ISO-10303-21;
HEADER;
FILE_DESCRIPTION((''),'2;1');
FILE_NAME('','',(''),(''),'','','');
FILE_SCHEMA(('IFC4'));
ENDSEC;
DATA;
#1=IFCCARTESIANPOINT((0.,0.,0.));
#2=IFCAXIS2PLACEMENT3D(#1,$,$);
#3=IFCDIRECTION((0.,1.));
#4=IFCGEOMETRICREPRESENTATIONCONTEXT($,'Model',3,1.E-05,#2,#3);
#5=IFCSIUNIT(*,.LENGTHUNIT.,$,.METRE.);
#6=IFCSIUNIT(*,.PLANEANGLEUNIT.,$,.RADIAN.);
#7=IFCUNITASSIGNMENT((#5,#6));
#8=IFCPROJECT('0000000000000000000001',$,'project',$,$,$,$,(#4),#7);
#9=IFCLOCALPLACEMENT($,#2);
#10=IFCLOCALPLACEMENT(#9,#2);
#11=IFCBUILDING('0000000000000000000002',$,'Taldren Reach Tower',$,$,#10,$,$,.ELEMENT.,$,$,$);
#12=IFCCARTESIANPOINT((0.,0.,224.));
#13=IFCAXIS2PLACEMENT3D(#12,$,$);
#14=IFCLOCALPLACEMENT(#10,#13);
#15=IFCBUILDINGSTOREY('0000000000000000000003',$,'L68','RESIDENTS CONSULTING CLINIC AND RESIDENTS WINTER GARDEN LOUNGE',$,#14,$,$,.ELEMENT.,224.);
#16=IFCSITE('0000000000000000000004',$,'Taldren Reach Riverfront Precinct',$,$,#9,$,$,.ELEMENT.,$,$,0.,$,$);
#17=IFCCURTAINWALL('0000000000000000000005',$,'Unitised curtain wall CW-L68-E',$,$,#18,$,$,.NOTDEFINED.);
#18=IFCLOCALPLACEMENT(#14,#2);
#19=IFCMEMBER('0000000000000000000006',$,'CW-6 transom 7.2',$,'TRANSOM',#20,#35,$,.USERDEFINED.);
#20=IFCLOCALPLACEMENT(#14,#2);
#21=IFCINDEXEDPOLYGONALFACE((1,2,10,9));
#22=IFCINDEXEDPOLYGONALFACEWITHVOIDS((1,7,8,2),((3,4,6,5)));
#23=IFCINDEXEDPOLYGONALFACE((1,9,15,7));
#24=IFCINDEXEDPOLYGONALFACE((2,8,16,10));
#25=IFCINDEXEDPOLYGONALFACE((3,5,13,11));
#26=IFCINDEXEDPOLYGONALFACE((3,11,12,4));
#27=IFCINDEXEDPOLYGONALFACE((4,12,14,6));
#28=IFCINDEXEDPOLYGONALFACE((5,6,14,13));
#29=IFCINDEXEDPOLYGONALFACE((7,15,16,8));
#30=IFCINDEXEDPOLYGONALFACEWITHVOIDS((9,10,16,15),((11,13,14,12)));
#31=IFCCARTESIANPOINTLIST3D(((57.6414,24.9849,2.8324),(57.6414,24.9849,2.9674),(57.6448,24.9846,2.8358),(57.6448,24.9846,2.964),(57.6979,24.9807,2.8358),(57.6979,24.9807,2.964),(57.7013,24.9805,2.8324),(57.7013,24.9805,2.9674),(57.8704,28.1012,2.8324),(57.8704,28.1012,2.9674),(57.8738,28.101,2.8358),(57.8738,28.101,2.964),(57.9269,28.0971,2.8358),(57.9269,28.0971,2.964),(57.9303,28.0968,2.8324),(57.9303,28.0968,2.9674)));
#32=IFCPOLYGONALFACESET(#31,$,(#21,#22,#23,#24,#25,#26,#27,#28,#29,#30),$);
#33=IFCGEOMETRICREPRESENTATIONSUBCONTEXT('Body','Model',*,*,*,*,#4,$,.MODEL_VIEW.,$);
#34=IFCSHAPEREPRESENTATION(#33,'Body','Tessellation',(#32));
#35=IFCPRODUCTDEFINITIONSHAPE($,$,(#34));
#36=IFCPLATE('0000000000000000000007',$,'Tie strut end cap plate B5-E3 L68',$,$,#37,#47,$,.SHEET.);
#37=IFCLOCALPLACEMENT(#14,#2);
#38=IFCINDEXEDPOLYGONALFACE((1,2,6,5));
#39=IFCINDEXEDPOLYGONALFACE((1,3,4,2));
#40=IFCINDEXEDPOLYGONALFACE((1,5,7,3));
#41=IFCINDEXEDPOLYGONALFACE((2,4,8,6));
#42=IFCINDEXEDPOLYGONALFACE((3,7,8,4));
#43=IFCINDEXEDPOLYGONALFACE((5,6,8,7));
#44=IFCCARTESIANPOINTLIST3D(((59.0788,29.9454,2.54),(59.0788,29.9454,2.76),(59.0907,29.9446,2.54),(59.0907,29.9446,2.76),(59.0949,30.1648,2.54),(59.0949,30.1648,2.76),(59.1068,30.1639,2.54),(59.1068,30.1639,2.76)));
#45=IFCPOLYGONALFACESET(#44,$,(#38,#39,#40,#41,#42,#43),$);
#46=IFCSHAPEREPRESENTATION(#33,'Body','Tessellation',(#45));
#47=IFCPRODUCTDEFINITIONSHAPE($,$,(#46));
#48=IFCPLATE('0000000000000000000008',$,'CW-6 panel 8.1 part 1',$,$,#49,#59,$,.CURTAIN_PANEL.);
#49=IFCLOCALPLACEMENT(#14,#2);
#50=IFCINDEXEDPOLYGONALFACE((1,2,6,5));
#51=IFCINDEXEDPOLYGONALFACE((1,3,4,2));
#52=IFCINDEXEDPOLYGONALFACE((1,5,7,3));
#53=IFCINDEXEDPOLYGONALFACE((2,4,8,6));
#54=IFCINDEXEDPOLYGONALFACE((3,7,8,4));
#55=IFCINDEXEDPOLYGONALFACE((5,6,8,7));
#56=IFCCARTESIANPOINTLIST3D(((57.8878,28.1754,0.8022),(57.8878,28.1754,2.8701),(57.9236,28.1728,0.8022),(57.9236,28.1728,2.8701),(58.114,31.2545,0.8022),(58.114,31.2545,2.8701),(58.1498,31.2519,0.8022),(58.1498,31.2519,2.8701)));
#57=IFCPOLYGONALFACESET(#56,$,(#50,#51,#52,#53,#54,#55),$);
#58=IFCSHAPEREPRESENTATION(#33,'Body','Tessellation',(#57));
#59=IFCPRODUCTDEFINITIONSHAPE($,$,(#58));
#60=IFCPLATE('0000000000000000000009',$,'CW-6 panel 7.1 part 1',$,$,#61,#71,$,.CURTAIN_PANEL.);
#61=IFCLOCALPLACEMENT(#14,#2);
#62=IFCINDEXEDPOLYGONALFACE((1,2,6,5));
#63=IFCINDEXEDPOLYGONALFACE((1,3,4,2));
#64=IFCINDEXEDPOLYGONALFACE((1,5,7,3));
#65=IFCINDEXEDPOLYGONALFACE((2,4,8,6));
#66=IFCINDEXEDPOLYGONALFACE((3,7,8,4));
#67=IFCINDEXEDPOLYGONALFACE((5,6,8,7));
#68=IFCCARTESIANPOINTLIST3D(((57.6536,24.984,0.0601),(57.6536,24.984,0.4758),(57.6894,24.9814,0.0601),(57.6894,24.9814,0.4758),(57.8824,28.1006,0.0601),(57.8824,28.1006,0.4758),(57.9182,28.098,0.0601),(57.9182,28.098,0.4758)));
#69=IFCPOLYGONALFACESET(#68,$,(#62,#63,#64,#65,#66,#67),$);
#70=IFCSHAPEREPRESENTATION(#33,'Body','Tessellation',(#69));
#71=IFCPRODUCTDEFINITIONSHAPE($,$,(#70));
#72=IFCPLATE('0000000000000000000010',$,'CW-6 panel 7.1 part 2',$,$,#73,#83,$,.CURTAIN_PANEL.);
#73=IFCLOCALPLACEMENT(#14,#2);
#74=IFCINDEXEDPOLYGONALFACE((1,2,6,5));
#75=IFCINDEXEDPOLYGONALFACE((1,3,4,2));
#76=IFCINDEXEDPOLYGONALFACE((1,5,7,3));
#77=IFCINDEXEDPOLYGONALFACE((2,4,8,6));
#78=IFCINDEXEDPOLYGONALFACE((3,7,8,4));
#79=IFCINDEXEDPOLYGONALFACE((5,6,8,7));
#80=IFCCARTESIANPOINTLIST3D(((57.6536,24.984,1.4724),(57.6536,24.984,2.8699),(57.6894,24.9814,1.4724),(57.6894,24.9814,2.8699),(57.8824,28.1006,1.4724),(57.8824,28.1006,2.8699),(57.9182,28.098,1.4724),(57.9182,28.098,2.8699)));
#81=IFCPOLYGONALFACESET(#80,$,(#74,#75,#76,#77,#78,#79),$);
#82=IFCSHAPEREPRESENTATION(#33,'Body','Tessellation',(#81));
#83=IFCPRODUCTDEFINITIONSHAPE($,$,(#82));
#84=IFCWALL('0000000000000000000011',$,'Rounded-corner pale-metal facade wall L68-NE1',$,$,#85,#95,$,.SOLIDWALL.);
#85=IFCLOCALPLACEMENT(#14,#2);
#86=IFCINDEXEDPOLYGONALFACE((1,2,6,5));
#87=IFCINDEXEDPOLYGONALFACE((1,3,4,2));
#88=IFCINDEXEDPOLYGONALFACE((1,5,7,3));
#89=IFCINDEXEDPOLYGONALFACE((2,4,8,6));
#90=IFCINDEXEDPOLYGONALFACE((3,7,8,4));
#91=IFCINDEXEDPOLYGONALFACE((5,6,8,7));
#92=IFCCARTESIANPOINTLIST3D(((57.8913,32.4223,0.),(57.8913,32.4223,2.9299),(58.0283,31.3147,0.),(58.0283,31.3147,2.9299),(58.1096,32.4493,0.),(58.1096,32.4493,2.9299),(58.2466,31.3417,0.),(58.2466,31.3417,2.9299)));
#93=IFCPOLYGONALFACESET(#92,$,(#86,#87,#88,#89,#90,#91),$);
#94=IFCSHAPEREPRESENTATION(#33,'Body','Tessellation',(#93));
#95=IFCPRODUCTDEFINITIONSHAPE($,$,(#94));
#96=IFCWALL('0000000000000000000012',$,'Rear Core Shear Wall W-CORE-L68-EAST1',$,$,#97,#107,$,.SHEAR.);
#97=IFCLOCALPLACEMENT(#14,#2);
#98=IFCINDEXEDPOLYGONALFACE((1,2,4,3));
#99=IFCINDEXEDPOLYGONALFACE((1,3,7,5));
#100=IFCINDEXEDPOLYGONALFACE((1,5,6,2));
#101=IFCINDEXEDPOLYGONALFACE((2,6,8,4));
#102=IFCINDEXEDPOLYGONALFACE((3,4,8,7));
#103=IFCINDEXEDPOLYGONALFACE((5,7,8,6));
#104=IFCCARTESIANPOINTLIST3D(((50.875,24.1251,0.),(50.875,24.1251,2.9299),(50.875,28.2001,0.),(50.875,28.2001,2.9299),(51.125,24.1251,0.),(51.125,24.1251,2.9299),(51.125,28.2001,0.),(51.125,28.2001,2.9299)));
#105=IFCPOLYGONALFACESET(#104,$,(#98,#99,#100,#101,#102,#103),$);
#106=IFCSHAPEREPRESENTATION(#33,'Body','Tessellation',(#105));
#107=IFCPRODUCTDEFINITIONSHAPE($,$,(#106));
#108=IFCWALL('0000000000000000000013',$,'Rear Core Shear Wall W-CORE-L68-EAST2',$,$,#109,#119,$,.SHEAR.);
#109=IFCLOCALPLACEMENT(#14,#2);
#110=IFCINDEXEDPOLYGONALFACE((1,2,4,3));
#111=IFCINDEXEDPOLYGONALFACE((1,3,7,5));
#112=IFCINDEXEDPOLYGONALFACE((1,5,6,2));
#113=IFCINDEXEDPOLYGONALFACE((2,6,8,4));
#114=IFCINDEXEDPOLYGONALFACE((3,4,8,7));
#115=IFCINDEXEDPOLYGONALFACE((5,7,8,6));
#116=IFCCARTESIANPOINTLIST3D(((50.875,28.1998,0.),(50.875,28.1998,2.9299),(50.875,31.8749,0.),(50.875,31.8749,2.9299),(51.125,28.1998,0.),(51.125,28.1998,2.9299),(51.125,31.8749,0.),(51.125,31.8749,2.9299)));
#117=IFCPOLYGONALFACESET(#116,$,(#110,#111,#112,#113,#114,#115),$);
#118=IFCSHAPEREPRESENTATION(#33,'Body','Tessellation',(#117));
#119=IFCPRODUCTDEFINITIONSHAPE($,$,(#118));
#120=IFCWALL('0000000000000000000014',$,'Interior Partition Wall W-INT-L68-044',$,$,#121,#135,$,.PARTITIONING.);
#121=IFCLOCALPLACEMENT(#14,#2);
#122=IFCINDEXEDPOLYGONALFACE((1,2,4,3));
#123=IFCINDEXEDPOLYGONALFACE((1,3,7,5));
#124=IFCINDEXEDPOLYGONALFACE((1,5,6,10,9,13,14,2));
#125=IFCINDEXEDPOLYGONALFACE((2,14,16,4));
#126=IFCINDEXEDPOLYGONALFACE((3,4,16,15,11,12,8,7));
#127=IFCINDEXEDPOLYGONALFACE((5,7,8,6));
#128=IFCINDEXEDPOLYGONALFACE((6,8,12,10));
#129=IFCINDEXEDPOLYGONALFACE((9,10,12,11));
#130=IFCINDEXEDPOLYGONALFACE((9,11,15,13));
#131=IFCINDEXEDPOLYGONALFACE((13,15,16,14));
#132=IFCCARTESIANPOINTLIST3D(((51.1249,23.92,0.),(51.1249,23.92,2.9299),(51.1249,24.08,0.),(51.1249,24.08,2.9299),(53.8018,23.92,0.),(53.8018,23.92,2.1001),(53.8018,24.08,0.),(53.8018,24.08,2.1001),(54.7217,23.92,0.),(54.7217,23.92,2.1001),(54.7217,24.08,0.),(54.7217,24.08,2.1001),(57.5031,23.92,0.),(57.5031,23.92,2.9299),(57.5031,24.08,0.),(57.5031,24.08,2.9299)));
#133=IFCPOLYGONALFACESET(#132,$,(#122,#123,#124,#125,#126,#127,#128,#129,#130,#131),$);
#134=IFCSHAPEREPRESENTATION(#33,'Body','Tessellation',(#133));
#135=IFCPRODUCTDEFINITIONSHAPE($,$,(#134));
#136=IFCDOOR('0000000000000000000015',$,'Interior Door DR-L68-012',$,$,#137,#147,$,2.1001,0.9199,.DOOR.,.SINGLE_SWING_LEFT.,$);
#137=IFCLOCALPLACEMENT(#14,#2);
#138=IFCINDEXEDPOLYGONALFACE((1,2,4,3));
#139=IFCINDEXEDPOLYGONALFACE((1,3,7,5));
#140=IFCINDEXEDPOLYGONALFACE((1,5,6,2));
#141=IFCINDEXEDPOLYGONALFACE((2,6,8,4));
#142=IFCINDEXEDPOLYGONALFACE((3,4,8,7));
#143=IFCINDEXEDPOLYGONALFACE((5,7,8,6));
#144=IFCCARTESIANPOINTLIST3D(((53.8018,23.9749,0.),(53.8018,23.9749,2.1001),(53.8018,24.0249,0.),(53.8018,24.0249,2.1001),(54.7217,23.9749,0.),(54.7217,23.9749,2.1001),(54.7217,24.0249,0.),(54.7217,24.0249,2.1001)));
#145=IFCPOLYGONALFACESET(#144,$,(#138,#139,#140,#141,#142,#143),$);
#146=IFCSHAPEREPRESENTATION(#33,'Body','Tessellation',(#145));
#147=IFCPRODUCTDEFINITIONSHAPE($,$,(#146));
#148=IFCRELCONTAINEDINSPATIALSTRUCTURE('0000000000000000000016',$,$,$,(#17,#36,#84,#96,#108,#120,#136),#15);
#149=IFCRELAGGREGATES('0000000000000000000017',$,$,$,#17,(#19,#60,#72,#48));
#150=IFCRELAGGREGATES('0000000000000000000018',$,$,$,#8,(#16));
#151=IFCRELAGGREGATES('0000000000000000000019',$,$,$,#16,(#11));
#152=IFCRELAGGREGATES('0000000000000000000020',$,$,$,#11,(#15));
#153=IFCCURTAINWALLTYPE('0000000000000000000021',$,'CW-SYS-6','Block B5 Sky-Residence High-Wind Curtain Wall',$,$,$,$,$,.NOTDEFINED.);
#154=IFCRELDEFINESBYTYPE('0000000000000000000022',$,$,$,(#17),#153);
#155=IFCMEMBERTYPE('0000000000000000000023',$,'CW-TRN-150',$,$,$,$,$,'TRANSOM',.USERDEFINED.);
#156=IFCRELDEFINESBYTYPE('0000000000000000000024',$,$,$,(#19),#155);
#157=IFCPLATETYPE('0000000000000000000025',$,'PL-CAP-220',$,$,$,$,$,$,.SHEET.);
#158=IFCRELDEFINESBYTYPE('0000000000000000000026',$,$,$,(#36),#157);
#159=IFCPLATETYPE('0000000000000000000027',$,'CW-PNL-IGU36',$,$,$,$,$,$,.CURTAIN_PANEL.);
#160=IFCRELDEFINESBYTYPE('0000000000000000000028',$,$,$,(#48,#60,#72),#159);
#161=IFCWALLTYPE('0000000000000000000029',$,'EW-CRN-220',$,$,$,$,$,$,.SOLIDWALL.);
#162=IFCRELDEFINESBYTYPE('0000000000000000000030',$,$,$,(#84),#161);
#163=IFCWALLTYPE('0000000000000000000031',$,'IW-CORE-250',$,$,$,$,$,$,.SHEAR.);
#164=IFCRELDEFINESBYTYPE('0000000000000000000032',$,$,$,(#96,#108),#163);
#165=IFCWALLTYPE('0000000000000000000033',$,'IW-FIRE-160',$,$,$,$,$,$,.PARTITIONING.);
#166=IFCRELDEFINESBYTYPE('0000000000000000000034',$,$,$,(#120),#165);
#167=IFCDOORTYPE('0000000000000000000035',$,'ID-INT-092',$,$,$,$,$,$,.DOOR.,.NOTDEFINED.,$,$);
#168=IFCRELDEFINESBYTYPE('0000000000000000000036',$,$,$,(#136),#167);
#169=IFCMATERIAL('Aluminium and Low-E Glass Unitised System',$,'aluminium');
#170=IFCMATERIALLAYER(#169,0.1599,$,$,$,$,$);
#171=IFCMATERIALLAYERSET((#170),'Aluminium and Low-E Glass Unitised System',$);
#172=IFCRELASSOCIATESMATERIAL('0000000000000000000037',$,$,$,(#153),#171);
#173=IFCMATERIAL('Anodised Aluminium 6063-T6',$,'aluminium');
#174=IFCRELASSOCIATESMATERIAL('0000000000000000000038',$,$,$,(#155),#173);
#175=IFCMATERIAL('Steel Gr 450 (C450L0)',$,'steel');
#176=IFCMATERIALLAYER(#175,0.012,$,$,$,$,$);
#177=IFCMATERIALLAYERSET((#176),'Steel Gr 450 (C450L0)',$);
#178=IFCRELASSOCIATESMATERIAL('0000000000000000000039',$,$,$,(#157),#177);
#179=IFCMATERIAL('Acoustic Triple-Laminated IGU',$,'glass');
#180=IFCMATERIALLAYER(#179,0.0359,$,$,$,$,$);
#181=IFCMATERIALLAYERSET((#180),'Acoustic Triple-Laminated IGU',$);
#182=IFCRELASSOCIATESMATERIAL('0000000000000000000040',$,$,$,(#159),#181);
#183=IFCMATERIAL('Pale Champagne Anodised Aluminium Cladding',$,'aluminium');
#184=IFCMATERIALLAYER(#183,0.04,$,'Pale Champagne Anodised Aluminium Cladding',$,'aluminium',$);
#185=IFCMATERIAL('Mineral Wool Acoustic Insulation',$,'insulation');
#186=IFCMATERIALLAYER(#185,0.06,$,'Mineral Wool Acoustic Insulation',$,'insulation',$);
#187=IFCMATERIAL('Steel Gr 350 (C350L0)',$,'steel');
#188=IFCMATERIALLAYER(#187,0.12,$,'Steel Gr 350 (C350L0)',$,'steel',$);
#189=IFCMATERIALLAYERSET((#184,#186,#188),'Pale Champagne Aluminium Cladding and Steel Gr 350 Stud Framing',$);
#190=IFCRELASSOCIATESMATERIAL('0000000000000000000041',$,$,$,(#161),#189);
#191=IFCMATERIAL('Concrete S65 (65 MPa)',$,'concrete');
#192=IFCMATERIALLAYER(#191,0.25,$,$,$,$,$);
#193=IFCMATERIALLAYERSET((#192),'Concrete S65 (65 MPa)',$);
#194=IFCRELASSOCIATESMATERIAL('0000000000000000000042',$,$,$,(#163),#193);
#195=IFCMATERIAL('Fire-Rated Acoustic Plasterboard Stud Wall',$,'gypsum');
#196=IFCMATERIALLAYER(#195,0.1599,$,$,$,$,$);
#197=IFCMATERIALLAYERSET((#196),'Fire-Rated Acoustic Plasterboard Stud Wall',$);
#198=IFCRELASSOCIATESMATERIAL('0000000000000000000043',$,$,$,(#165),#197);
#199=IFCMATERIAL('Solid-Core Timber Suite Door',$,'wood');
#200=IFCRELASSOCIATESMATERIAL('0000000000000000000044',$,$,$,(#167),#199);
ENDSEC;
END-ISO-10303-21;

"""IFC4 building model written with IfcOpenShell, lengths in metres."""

from ifc_helpers import new_model, si_unit, direction, frame, frame_2d, origin, origin_2d, place, context, subcontext, project, spatial, rectangle, hollow_rectangle, extrude, source, transform, mapped, material, layer, layer_set, material_profile, profile_set, type_object, element, fill, aggregate, save


model = new_model("IFC4")

# Units and contexts
model_context = context("Model", 3, precision=1e-05, world=origin(), true_north=direction((0.0, 1.0)))
body_context = subcontext(model_context, "Body", "Model", "MODEL_VIEW")
ifc_project = project(units=[si_unit("LENGTHUNIT", "METRE"), si_unit("PLANEANGLEUNIT", "RADIAN")], contexts=[model_context])

# Site, building, storey
site_placement = place(None, origin())
site = spatial("IfcSite", under=ifc_project, at=site_placement, Name="Taldren Reach Riverfront Precinct", CompositionType="ELEMENT", RefElevation=0.0)
building_placement = place(site_placement, origin())
building = spatial("IfcBuilding", under=site, at=building_placement, Name="Taldren Reach Tower", CompositionType="ELEMENT")
storey_placement = place(building_placement, frame((0.0, 0.0, 224.0)))
storey = spatial("IfcBuildingStorey", under=building, at=storey_placement, Name="L68", Description="RESIDENTS CONSULTING CLINIC AND RESIDENTS WINTER GARDEN LOUNGE", CompositionType="ELEMENT", Elevation=224.0)

# Shared definitions
ifc_material_1 = material(Name="Steel Gr 450 (C450L0)", Category="steel")

# Shared definitions
ifc_material_2 = material(Name="Steel Gr 350 (C350L0)", Category="steel")

# Curtain wall, member
ifc_material_3 = material(Name="Aluminium and Low-E Glass Unitised System", Category="aluminium")
ifc_layer_1 = layer(ifc_material_3, 0.1599)
ifc_layer_set_1 = layer_set([ifc_layer_1], Name="Aluminium and Low-E Glass Unitised System")
curtain_wall_type = type_object("IfcCurtainWallType", Name="CW-SYS-6", Description="Block B5 Sky-Residence High-Wind Curtain Wall", PredefinedType="NOTDEFINED", material=ifc_layer_set_1)
curtain_wall_placement = place(storey_placement, origin())
curtain_wall = element("IfcCurtainWall", 1, at=curtain_wall_placement, inside=storey, type_object=curtain_wall_type, Name="Unitised curtain wall CW-L68-E", PredefinedType="NOTDEFINED")
ifc_material_4 = material(Name="Anodised Aluminium 6063-T6", Category="aluminium")
ifc_material_profile_1 = material_profile(ifc_material_4, hollow_rectangle(XDim=0.0601, YDim=0.135, WallThickness=0.0034, at=origin_2d()), Name="ALU-135x60x3.5RHS")
ifc_profile_set_1 = profile_set([ifc_material_profile_1], Name="Anodised Aluminium 6063-T6")
member_type_1 = type_object("IfcMemberType", Name="CW-TRN-150", ElementType="TRANSOM", PredefinedType="USERDEFINED", material=ifc_profile_set_1)
shared_shape_1 = source(origin(), body_context, "Body", "SweptSolid", [
    extrude(hollow_rectangle(XDim=0.0601, YDim=0.135, WallThickness=0.0034, at=origin_2d()), origin(), (0.0, 0.0, 1.0), 3.1248),
])
member_1_placement = place(storey_placement, frame((57.6714, 24.9827, 2.8999), z_axis=(0.073285, 0.997311, 0.0), x_axis=(-0.997311, 0.073285, 0.0)))
member_1 = element("IfcMember", 2, at=member_1_placement, type_object=member_type_1, Name="CW-6 transom 7.2", ObjectType="TRANSOM", PredefinedType="USERDEFINED", context=body_context, shape_type="MappedRepresentation", body=[
    mapped(shared_shape_1, transform((0.0, 0.0, 0.0), scale=1.0)),
])

# Plates
ifc_layer_2 = layer(ifc_material_1, 0.012)
ifc_layer_set_2 = layer_set([ifc_layer_2], Name="Steel Gr 450 (C450L0)")
plate_type_1 = type_object("IfcPlateType", Name="PL-CAP-220", PredefinedType="SHEET", material=ifc_layer_set_2)
shared_shape_2 = source(origin(), body_context, "Body", "SweptSolid", [
    extrude(rectangle(XDim=0.012, YDim=0.22, at=origin_2d()), origin(), (0.0, 0.0, 1.0), 0.22),
])
plate_1_placement = place(storey_placement, frame((59.0928, 30.0547, 2.54), z_axis=(0.0, 0.0, 1.0), x_axis=(0.997314, -0.073238, 0.0)))
element("IfcPlate", 3, at=plate_1_placement, inside=storey, type_object=plate_type_1, Name="Tie strut end cap plate B5-E3 L68", PredefinedType="SHEET", context=body_context, shape_type="MappedRepresentation", body=[
    mapped(shared_shape_2, transform((0.0, 0.0, 0.0), scale=1.0)),
])
ifc_material_5 = material(Name="Acoustic Triple-Laminated IGU", Category="glass")
ifc_layer_3 = layer(ifc_material_5, 0.0359)
ifc_layer_set_3 = layer_set([ifc_layer_3], Name="Acoustic Triple-Laminated IGU")
plate_type_2 = type_object("IfcPlateType", Name="CW-PNL-IGU36", PredefinedType="CURTAIN_PANEL", material=ifc_layer_set_3)
shared_shape_3 = source(origin(), body_context, "Body", "SweptSolid", [
    extrude(rectangle(XDim=3.0874, YDim=0.0359, at=origin_2d()), origin(), (0.0, 0.0, 1.0), 2.0679),
])
plate_2_placement = place(storey_placement, frame((58.0188, 29.7136, 0.8022), z_axis=(0.0, 0.0, 1.0), x_axis=(0.073238, 0.997314, 0.0)))
plate_2 = element("IfcPlate", 4, at=plate_2_placement, type_object=plate_type_2, Name="CW-6 panel 8.1 part 1", PredefinedType="CURTAIN_PANEL", context=body_context, shape_type="MappedRepresentation", body=[
    mapped(shared_shape_3, transform((0.0, 0.0, 0.0), scale=1.0)),
])
shared_shape_4 = source(origin(), body_context, "Body", "SweptSolid", [
    extrude(rectangle(XDim=3.125, YDim=0.0359, at=origin_2d()), origin(), (0.0, 0.0, 1.0), 0.4158),
])
plate_3_placement = place(storey_placement, frame((57.7859, 26.541, 0.0601), z_axis=(0.0, 0.0, 1.0), x_axis=(0.073238, 0.997314, 0.0)))
plate_3 = element("IfcPlate", 5, at=plate_3_placement, type_object=plate_type_2, Name="CW-6 panel 7.1 part 1", PredefinedType="CURTAIN_PANEL", context=body_context, shape_type="MappedRepresentation", body=[
    mapped(shared_shape_4, transform((0.0, 0.0, 0.0), scale=1.0)),
])
shared_shape_5 = source(origin(), body_context, "Body", "SweptSolid", [
    extrude(rectangle(XDim=3.125, YDim=0.0359, at=origin_2d()), origin(), (0.0, 0.0, 1.0), 1.3975),
])
plate_4_placement = place(storey_placement, frame((57.7859, 26.541, 1.4724), z_axis=(0.0, 0.0, 1.0), x_axis=(0.073238, 0.997314, 0.0)))
plate_4 = element("IfcPlate", 6, at=plate_4_placement, type_object=plate_type_2, Name="CW-6 panel 7.1 part 2", PredefinedType="CURTAIN_PANEL", context=body_context, shape_type="MappedRepresentation", body=[
    mapped(shared_shape_5, transform((0.0, 0.0, 0.0), scale=1.0)),
])
aggregate(curtain_wall, [member_1, plate_3, plate_4, plate_2])

# Walls
ifc_material_6 = material(Name="Pale Champagne Anodised Aluminium Cladding", Category="aluminium")
ifc_layer_4 = layer(ifc_material_6, 0.04, Name="Pale Champagne Anodised Aluminium Cladding", Category="aluminium")
ifc_material_7 = material(Name="Mineral Wool Acoustic Insulation", Category="insulation")
ifc_layer_5 = layer(ifc_material_7, 0.06, Name="Mineral Wool Acoustic Insulation", Category="insulation")
ifc_layer_6 = layer(ifc_material_2, 0.12, Name="Steel Gr 350 (C350L0)", Category="steel")
ifc_layer_set_4 = layer_set([ifc_layer_4, ifc_layer_5, ifc_layer_6], Name="Pale Champagne Aluminium Cladding and Steel Gr 350 Stud Framing")
wall_type_1 = type_object("IfcWallType", Name="EW-CRN-220", PredefinedType="SOLIDWALL", material=ifc_layer_set_4)
shared_shape_6 = source(origin(), body_context, "Body", "SweptSolid", [
    extrude(rectangle(XDim=1.116, YDim=0.22, at=frame_2d((0.5581, 0.0))), origin(), (0.0, 0.0, 1.0), 2.9299),
])
wall_1_placement = place(storey_placement, frame((58.1375, 31.3281, 0.0), z_axis=(0.0, 0.0, 1.0), x_axis=(-0.122742, 0.992439, 0.0)))
element("IfcWall", 7, at=wall_1_placement, inside=storey, type_object=wall_type_1, Name="Rounded-corner pale-metal facade wall L68-NE1", PredefinedType="SOLIDWALL", context=body_context, shape_type="MappedRepresentation", body=[
    mapped(shared_shape_6, transform((0.0, 0.0, 0.0), scale=1.0)),
])
ifc_material_8 = material(Name="Concrete S65 (65 MPa)", Category="concrete")
ifc_layer_7 = layer(ifc_material_8, 0.25)
ifc_layer_set_5 = layer_set([ifc_layer_7], Name="Concrete S65 (65 MPa)")
wall_type_2 = type_object("IfcWallType", Name="IW-CORE-250", PredefinedType="SHEAR", material=ifc_layer_set_5)
shared_shape_7 = source(origin(), body_context, "Body", "SweptSolid", [
    extrude(rectangle(XDim=4.075, YDim=0.25, at=frame_2d((2.0376, 0.0))), origin(), (0.0, 0.0, 1.0), 2.9299),
])
wall_2_placement = place(storey_placement, frame((51.0, 24.125, 0.0), z_axis=(0.0, 0.0, 1.0), x_axis=(0.0, 1.0, 0.0)))
element("IfcWall", 8, at=wall_2_placement, inside=storey, type_object=wall_type_2, Name="Rear Core Shear Wall W-CORE-L68-EAST1", PredefinedType="SHEAR", context=body_context, shape_type="MappedRepresentation", body=[
    mapped(shared_shape_7, transform((0.0, 0.0, 0.0), scale=1.0)),
])
shared_shape_8 = source(origin(), body_context, "Body", "SweptSolid", [
    extrude(rectangle(XDim=3.675, YDim=0.25, at=frame_2d((1.8374, 0.0))), origin(), (0.0, 0.0, 1.0), 2.9299),
])
wall_3_placement = place(storey_placement, frame((51.0, 28.2, 0.0), z_axis=(0.0, 0.0, 1.0), x_axis=(0.0, 1.0, 0.0)))
element("IfcWall", 9, at=wall_3_placement, inside=storey, type_object=wall_type_2, Name="Rear Core Shear Wall W-CORE-L68-EAST2", PredefinedType="SHEAR", context=body_context, shape_type="MappedRepresentation", body=[
    mapped(shared_shape_8, transform((0.0, 0.0, 0.0), scale=1.0)),
])

# Wall, opening, door
ifc_material_9 = material(Name="Fire-Rated Acoustic Plasterboard Stud Wall", Category="gypsum")
ifc_layer_8 = layer(ifc_material_9, 0.1599)
ifc_layer_set_6 = layer_set([ifc_layer_8], Name="Fire-Rated Acoustic Plasterboard Stud Wall")
wall_type_3 = type_object("IfcWallType", Name="IW-FIRE-160", PredefinedType="PARTITIONING", material=ifc_layer_set_6)
shared_shape_9 = source(origin(), body_context, "Body", "SweptSolid", [
    extrude(rectangle(XDim=6.3782, YDim=0.1599, at=frame_2d((3.189, 0.0))), origin(), (0.0, 0.0, 1.0), 2.9299),
])
wall_4_placement = place(storey_placement, frame((51.125, 24.0, 0.0), z_axis=(0.0, 0.0, 1.0), x_axis=(1.0, 0.0, 0.0)))
wall_4 = element("IfcWall", 10, at=wall_4_placement, inside=storey, type_object=wall_type_3, Name="Interior Partition Wall W-INT-L68-044", PredefinedType="PARTITIONING", context=body_context, shape_type="MappedRepresentation", body=[
    mapped(shared_shape_9, transform((0.0, 0.0, 0.0), scale=1.0)),
])
shared_shape_10 = source(origin(), body_context, "Body", "SweptSolid", [
    extrude(rectangle(XDim=0.9199, YDim=2.1001, at=frame_2d((0.46, 1.05))), frame((0.0, 0.0898, 0.0), z_axis=(0.0, -1.0, 0.0), x_axis=(1.0, 0.0, 0.0)), (0.0, 0.0, 1.0), 0.1799),
])
opening_placement = place(wall_4_placement, frame((2.6768, 0.0, 0.0)))
opening = element("IfcOpeningElement", 11, at=opening_placement, cuts=wall_4, PredefinedType="OPENING", context=body_context, shape_type="MappedRepresentation", body=[
    mapped(shared_shape_10, transform((0.0, 0.0, 0.0), scale=1.0)),
])
ifc_material_10 = material(Name="Solid-Core Timber Suite Door", Category="wood")
door_type = type_object("IfcDoorType", Name="ID-INT-092", OperationType="NOTDEFINED", PredefinedType="DOOR", material=ifc_material_10)
shared_shape_11 = source(origin(), body_context, "Body", "SweptSolid", [
    extrude(rectangle(XDim=0.9199, YDim=2.1001, at=frame_2d((0.46, 1.05))), frame((0.0, 0.0249, 0.0), z_axis=(0.0, -1.0, 0.0), x_axis=(1.0, 0.0, 0.0)), (0.0, 0.0, 1.0), 0.05),
])
door_placement = place(opening_placement, origin())
door = element("IfcDoor", 12, at=door_placement, inside=storey, type_object=door_type, Name="Interior Door DR-L68-012", OperationType="SINGLE_SWING_LEFT", OverallHeight=2.1001, OverallWidth=0.9199, PredefinedType="DOOR", context=body_context, shape_type="MappedRepresentation", body=[
    mapped(shared_shape_11, transform((0.0, 0.0, 0.0), scale=1.0)),
])
fill(opening, door)

save(model, "model.ifc")
